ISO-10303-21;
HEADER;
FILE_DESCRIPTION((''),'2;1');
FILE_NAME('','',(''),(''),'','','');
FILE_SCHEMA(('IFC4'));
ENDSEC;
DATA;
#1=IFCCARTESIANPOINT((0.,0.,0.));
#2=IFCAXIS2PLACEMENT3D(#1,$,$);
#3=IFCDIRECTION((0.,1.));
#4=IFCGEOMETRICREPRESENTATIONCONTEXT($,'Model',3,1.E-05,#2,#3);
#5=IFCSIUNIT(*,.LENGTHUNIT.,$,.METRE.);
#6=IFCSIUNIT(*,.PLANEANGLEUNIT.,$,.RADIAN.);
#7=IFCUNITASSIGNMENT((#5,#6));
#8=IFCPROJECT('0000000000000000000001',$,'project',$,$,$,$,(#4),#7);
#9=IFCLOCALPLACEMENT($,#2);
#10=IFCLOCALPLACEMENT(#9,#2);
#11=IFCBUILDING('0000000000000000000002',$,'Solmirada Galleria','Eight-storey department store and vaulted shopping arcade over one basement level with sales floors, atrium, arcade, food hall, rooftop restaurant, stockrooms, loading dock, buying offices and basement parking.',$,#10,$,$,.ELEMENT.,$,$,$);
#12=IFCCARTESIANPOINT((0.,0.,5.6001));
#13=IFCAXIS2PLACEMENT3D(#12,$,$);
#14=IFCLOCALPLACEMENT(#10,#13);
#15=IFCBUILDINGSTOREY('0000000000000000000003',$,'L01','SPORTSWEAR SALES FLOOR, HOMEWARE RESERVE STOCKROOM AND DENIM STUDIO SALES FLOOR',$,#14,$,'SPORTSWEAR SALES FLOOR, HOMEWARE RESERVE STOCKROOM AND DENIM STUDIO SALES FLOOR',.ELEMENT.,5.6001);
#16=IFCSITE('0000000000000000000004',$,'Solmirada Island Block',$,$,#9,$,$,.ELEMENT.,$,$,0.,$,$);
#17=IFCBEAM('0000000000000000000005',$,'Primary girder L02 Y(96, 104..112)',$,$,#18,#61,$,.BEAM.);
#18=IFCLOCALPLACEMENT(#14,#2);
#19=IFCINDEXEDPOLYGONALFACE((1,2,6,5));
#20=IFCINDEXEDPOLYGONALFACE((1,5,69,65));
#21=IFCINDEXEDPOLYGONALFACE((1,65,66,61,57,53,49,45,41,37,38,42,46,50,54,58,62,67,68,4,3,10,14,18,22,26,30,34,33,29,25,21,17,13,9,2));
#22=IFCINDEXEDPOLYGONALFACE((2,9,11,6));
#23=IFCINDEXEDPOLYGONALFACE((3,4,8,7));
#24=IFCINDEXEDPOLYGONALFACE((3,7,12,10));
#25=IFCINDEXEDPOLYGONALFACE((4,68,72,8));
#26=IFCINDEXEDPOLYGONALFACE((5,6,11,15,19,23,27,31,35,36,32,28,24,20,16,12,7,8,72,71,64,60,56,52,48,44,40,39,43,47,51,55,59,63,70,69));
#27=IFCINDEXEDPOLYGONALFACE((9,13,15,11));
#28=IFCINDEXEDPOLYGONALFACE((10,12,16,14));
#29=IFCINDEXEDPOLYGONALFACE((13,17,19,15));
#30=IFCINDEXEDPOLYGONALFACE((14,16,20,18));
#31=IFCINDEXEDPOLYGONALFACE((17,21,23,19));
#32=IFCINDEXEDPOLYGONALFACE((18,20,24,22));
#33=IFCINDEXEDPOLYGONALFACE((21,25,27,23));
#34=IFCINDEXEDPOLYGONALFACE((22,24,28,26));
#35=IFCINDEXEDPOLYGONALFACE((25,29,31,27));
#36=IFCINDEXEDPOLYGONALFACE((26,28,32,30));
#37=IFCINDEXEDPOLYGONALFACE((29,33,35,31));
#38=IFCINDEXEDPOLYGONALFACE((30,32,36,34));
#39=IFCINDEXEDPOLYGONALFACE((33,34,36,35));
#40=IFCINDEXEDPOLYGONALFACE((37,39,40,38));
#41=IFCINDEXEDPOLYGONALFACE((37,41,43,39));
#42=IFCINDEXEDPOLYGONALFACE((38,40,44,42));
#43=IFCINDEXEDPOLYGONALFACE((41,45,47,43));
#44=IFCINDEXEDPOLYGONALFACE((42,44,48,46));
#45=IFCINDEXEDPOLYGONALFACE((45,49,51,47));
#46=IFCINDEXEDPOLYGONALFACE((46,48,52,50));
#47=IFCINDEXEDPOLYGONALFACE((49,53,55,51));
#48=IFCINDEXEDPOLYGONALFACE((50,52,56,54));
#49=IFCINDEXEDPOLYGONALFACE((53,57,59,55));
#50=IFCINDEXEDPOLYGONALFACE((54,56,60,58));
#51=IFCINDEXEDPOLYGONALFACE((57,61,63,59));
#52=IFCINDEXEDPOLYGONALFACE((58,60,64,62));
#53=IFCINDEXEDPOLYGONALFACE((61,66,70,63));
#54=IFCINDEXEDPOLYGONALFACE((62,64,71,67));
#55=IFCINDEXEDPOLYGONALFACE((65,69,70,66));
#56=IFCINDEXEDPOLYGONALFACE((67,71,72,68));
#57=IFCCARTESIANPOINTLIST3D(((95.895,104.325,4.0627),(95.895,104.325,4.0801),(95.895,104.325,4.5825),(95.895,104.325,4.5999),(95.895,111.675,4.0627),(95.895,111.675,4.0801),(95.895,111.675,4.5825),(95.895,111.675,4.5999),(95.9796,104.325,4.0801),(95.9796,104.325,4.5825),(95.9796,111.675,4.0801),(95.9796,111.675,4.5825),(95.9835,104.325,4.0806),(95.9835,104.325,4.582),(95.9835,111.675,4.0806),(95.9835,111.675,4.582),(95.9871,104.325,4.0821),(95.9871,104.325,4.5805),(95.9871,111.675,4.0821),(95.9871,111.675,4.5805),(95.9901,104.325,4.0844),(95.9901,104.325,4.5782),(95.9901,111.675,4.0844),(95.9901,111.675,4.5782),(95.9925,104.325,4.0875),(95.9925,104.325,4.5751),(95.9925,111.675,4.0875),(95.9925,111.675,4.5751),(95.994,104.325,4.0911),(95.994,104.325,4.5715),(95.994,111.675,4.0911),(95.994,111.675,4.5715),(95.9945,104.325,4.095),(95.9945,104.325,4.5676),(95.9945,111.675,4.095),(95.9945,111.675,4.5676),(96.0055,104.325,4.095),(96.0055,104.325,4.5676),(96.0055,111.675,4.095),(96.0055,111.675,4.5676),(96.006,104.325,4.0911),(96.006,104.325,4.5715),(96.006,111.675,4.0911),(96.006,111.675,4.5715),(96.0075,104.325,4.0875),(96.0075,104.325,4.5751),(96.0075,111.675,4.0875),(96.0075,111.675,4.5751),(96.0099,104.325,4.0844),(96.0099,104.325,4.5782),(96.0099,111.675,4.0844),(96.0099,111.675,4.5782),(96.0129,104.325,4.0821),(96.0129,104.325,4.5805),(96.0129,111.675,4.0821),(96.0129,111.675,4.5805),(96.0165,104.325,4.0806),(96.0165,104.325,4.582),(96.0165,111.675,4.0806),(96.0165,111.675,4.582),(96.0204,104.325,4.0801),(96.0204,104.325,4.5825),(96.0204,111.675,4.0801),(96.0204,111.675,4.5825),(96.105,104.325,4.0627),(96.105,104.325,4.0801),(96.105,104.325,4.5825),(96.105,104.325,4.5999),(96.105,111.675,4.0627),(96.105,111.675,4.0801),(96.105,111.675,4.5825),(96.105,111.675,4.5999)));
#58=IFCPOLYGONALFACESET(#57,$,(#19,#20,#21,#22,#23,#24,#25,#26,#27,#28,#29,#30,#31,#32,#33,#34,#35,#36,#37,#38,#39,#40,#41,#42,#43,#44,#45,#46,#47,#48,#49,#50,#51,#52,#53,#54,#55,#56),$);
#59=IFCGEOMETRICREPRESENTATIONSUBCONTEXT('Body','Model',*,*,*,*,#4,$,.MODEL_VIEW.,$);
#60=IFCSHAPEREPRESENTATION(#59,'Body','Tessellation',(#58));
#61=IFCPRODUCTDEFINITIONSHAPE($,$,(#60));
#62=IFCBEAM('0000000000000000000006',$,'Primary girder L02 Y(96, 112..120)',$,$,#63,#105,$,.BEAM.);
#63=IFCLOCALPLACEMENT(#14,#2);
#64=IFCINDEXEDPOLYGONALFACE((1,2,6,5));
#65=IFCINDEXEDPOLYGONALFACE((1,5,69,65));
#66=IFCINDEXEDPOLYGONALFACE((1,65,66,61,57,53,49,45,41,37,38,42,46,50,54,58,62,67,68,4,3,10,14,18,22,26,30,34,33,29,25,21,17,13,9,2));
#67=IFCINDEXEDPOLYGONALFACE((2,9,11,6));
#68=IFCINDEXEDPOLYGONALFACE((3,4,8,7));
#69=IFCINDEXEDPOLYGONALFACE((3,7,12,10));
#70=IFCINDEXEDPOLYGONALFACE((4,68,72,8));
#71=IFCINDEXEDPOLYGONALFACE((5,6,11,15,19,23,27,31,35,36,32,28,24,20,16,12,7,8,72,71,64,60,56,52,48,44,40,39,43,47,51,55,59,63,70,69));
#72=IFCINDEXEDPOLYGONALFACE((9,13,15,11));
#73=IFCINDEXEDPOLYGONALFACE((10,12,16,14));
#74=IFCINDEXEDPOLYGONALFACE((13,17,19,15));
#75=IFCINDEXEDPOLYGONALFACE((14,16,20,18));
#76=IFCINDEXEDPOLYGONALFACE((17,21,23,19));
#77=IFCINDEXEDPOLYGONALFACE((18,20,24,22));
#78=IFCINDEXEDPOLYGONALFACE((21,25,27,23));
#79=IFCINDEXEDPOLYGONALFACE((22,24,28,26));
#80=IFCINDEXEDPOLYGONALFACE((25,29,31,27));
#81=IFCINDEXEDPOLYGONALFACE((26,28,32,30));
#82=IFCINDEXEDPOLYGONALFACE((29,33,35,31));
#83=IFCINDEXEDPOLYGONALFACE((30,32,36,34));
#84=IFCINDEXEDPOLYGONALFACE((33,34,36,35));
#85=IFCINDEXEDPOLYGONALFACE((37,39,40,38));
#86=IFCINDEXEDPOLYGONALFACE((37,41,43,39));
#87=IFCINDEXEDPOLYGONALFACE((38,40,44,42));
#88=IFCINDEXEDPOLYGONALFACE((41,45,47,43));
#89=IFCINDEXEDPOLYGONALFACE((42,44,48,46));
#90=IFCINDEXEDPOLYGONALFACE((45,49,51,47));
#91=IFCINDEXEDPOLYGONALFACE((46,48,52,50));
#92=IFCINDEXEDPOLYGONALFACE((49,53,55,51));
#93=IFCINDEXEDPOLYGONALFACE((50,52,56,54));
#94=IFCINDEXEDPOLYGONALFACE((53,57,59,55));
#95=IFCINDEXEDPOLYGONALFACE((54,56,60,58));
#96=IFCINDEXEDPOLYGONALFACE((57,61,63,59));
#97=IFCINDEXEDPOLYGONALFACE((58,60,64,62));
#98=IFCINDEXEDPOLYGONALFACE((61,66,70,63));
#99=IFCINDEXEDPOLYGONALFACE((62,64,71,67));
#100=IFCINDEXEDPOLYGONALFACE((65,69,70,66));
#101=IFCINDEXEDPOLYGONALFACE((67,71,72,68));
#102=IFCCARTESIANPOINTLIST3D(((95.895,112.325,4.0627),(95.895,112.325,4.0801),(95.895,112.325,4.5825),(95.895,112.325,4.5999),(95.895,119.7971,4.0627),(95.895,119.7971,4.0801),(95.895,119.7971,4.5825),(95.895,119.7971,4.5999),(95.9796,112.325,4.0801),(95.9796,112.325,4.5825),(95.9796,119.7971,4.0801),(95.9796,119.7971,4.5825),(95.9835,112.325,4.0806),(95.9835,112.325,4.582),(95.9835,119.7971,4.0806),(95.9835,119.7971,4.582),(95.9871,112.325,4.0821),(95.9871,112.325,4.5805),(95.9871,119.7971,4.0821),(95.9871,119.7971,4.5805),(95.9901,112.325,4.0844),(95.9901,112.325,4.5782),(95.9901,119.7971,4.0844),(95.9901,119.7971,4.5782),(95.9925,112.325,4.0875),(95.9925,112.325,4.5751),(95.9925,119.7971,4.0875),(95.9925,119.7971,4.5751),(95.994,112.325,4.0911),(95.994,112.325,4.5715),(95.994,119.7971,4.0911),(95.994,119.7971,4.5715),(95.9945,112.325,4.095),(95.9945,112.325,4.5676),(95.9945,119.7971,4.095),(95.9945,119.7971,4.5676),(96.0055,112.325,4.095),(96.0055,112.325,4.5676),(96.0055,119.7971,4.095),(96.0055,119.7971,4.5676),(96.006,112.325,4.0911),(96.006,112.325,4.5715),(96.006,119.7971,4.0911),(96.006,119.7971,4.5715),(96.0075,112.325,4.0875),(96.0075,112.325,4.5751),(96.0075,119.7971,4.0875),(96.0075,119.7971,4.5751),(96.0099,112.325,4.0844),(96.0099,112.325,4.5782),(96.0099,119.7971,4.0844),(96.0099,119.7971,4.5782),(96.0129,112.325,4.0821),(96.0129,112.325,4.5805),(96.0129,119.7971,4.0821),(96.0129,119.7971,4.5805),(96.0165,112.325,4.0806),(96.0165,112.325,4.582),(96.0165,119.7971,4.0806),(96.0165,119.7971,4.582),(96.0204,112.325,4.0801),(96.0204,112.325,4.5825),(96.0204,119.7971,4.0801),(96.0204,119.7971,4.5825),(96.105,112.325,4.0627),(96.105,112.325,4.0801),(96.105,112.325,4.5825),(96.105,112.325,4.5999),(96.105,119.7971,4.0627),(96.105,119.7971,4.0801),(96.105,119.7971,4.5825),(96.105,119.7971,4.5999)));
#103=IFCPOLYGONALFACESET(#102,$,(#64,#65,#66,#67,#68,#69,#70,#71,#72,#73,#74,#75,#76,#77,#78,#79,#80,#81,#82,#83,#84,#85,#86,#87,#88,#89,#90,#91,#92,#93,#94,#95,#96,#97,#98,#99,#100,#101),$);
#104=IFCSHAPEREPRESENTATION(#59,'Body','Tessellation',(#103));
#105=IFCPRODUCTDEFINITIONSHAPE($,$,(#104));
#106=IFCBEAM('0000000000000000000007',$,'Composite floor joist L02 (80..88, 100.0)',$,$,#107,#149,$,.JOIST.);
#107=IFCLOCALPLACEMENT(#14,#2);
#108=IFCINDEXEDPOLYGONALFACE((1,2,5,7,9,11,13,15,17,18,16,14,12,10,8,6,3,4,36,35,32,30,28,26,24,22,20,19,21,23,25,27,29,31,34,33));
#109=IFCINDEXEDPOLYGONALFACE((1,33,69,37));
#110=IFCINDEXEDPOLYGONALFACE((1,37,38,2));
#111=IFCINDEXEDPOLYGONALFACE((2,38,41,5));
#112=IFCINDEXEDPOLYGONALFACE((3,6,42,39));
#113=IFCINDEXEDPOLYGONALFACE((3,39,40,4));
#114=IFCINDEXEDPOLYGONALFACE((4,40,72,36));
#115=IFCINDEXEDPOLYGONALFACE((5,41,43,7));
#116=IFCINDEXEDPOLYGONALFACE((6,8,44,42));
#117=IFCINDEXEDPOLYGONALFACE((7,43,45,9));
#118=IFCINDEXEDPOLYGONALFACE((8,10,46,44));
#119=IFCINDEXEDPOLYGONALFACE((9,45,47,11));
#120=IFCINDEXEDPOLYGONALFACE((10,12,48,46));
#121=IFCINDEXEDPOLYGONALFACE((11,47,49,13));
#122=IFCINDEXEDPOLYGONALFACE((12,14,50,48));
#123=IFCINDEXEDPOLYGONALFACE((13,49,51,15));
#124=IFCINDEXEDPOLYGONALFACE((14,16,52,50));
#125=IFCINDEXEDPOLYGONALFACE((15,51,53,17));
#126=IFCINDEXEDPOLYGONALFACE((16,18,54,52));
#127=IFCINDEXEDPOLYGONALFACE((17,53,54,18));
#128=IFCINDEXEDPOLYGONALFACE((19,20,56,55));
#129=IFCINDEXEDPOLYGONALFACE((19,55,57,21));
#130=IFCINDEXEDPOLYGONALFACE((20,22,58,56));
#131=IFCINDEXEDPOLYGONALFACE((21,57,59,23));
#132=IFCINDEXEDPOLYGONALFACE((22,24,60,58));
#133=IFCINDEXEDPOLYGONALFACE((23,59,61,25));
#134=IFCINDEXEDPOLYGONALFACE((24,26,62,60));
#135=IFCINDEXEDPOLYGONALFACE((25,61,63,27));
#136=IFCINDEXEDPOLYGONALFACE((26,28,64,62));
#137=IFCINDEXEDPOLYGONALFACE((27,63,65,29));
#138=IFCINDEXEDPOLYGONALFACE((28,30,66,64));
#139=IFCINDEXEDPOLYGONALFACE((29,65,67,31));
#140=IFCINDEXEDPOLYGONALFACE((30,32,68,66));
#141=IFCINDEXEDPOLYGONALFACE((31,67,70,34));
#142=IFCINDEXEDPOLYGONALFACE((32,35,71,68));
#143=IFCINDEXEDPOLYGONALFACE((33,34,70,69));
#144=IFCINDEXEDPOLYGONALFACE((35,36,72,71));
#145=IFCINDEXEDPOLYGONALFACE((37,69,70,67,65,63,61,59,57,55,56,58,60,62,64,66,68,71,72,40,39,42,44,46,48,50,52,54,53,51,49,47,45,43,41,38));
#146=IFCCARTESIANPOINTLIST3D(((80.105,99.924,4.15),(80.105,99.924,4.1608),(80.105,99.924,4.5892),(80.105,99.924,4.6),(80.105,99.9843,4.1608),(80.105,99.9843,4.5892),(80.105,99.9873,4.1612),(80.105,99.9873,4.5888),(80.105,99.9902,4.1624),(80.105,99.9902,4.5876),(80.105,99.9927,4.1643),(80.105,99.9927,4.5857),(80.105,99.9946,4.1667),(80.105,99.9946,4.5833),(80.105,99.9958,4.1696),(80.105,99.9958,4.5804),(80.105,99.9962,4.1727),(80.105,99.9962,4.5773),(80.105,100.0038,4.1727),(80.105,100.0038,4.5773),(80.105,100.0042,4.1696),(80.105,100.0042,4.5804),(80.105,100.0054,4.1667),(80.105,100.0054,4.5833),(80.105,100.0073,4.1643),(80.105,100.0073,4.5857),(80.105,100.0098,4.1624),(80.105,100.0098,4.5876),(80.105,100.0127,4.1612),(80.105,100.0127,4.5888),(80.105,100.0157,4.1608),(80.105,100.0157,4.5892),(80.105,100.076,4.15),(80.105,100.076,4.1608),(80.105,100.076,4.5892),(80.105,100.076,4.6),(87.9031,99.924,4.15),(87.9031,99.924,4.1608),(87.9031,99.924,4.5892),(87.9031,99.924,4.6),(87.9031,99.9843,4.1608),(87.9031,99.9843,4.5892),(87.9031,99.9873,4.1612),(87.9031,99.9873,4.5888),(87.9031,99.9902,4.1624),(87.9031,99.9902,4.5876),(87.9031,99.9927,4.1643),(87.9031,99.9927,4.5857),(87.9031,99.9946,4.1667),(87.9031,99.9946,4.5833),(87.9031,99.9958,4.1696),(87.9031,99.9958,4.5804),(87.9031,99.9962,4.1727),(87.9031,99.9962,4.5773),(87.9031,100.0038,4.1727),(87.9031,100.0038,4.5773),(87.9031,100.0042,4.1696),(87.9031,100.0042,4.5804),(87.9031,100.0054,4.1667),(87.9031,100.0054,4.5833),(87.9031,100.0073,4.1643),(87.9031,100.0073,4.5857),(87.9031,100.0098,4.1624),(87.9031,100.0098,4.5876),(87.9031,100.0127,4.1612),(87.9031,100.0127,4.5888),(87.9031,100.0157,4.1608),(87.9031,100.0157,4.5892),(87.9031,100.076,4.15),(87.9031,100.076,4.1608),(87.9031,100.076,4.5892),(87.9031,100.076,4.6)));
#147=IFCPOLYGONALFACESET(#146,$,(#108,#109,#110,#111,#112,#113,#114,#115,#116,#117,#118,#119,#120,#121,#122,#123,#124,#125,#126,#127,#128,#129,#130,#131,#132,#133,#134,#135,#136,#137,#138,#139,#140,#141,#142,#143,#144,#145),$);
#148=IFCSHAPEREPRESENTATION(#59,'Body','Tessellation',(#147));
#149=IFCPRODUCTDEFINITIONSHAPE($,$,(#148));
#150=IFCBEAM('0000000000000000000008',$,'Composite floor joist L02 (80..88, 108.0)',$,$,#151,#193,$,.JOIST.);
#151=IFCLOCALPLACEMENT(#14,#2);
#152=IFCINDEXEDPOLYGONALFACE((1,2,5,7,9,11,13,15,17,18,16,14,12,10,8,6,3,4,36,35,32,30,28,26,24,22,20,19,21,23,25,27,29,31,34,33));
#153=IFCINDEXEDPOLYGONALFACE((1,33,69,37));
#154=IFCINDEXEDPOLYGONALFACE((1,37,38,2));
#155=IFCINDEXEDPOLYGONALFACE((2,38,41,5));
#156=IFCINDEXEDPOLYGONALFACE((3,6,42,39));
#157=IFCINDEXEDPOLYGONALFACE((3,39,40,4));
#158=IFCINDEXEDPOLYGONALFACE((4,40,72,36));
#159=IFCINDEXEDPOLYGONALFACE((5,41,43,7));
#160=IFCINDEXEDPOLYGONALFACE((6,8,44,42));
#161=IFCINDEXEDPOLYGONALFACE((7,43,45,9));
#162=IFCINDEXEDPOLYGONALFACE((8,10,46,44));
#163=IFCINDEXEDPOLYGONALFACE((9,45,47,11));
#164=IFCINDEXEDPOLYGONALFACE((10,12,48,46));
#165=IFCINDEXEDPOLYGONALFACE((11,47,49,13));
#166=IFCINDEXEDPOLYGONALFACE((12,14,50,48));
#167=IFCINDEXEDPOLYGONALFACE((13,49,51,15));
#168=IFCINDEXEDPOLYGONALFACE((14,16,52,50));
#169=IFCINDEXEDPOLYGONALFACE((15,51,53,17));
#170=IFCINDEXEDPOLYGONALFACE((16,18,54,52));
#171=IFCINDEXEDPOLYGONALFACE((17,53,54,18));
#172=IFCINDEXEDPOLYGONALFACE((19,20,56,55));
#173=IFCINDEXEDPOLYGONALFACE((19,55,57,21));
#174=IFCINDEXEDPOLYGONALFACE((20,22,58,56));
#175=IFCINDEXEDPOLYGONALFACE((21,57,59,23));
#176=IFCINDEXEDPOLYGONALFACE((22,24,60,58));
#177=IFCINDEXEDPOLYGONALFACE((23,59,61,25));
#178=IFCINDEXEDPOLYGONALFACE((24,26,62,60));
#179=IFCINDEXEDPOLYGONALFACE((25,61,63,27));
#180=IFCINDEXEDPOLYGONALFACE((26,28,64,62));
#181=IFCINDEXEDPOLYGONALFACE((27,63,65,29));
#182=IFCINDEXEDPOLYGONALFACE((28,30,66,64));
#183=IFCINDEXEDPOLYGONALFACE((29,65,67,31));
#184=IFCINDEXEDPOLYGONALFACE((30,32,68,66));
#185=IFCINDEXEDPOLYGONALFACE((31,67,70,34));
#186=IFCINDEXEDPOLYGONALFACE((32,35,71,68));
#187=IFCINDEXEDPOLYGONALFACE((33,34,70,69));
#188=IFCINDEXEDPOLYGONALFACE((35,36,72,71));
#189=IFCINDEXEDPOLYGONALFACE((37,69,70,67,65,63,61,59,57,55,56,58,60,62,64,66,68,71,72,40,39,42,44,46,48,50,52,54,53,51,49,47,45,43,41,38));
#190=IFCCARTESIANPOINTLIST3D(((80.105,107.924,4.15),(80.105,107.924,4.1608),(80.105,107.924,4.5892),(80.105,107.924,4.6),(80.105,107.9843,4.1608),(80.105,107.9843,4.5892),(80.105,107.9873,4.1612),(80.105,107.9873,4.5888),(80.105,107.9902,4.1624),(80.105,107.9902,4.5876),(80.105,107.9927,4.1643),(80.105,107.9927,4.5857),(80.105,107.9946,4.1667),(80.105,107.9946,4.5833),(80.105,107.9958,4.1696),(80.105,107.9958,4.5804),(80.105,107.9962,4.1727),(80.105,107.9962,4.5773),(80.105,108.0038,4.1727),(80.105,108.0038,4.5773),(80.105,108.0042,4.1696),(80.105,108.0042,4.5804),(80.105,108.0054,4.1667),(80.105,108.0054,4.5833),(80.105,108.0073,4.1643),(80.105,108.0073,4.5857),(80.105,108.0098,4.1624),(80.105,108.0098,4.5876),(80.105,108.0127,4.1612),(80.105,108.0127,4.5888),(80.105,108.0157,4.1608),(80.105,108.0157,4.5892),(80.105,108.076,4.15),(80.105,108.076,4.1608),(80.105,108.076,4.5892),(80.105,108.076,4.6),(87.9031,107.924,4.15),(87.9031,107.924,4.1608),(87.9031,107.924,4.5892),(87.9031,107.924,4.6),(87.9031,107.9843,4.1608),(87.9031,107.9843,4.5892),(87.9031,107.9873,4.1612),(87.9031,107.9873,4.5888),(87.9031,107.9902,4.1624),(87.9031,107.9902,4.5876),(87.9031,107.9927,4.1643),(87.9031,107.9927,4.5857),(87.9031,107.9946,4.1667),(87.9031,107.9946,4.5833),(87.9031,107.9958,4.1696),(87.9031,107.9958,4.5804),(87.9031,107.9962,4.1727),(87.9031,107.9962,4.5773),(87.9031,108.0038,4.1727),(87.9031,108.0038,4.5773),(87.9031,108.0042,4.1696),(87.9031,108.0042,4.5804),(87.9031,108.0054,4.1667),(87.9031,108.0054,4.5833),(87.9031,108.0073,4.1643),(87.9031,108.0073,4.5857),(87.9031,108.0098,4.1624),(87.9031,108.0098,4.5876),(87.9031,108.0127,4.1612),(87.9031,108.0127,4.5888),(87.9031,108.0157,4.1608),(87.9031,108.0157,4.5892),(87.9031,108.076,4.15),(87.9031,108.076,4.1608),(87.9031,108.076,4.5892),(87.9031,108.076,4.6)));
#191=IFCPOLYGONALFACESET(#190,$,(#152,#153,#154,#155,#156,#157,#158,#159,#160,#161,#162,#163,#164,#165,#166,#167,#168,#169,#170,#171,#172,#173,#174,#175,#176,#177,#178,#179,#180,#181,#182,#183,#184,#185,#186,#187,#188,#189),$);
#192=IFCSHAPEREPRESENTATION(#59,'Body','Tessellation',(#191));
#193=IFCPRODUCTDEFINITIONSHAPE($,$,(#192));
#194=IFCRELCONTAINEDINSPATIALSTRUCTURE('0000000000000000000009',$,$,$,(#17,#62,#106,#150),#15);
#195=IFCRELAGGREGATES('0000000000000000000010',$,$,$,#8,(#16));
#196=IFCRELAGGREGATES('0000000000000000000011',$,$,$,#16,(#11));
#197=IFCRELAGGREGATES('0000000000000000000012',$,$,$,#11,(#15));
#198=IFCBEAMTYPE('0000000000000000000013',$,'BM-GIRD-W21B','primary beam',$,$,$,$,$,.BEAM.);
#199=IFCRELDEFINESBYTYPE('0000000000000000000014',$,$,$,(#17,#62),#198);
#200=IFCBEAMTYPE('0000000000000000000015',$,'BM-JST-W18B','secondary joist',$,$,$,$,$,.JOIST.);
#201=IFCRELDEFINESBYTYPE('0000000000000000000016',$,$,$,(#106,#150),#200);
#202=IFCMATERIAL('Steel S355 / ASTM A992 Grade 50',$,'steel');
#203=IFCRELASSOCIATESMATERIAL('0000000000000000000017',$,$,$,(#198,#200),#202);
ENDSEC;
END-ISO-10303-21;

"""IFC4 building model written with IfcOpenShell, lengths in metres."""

from ifc_helpers import new_model, si_unit, direction, frame, origin, origin_2d, place, context, subcontext, project, spatial, i_section, extrude, material, material_profile, profile_set, type_object, element, save


model = new_model("IFC4")

# Units and contexts
model_context = context("Model", 3, precision=1e-05, world=origin(), true_north=direction((0.0, 1.0)))
body_context = subcontext(model_context, "Body", "Model", "MODEL_VIEW")
ifc_project = project(units=[si_unit("LENGTHUNIT", "METRE"), si_unit("PLANEANGLEUNIT", "RADIAN")], contexts=[model_context])

# Site, building, storey
site_placement = place(None, origin())
site = spatial("IfcSite", under=ifc_project, at=site_placement, Name="Solmirada Island Block", CompositionType="ELEMENT", RefElevation=0.0)
building_placement = place(site_placement, origin())
building = spatial("IfcBuilding", under=site, at=building_placement, Name="Solmirada Galleria", Description="Eight-storey department store and vaulted shopping arcade over one basement level with sales floors, atrium, arcade, food hall, rooftop restaurant, stockrooms, loading dock, buying offices and basement parking.", CompositionType="ELEMENT")
storey_placement = place(building_placement, frame((0.0, 0.0, 5.6001)))
storey = spatial("IfcBuildingStorey", under=building, at=storey_placement, Name="L01", Description="SPORTSWEAR SALES FLOOR, HOMEWARE RESERVE STOCKROOM AND DENIM STUDIO SALES FLOOR", LongName="SPORTSWEAR SALES FLOOR, HOMEWARE RESERVE STOCKROOM AND DENIM STUDIO SALES FLOOR", CompositionType="ELEMENT", Elevation=5.6001)

# Beams
ifc_material_1 = material(Name="Steel S355 / ASTM A992 Grade 50", Category="steel")
ifc_material_profile_1 = material_profile(ifc_material_1, i_section(OverallWidth=0.21, OverallDepth=0.5371, WebThickness=0.011, FlangeThickness=0.0173, FilletRadius=0.0149, at=origin_2d()), Name="W21X68")
ifc_profile_set_1 = profile_set([ifc_material_profile_1], Name="Steel S355 / ASTM A992 Grade 50")
beam_type_1 = type_object("IfcBeamType", Name="BM-GIRD-W21B", Description="primary beam", PredefinedType="BEAM", material=ifc_profile_set_1)
for number, where, z_axis, x_axis, name in (
    (1, (96.0, 104.325, 4.3313), (0.0, 1.0, 0.0), (-1.0, 0.0, 0.0), "Primary girder L02 Y(96, 104..112)"),
):
    element("IfcBeam", number, at=place(storey_placement, frame(where, z_axis=z_axis, x_axis=x_axis)), inside=storey, type_object=beam_type_1, Name=name, PredefinedType="BEAM", context=body_context, shape_type="SweptSolid", body=[
        extrude(i_section(OverallWidth=0.21, OverallDepth=0.5371, WebThickness=0.011, FlangeThickness=0.0173, FilletRadius=0.0149, at=origin_2d()), origin(), (0.0, 0.0, 1.0), 7.3501),
    ])
beam_1_placement = place(storey_placement, frame((96.0, 112.325, 4.3313), z_axis=(0.0, 1.0, 0.0), x_axis=(-1.0, 0.0, 0.0)))
element("IfcBeam", 2, at=beam_1_placement, inside=storey, type_object=beam_type_1, Name="Primary girder L02 Y(96, 112..120)", PredefinedType="BEAM", context=body_context, shape_type="SweptSolid", body=[
    extrude(i_section(OverallWidth=0.21, OverallDepth=0.5371, WebThickness=0.011, FlangeThickness=0.0173, FilletRadius=0.0149, at=origin_2d()), origin(), (0.0, 0.0, 1.0), 7.4722),
])
ifc_material_profile_2 = material_profile(ifc_material_1, i_section(OverallWidth=0.1521, OverallDepth=0.45, WebThickness=0.0076, FlangeThickness=0.0107, FilletRadius=0.012, at=origin_2d()), Name="W18X35")
ifc_profile_set_2 = profile_set([ifc_material_profile_2], Name="Steel S355 / ASTM A992 Grade 50")
beam_type_2 = type_object("IfcBeamType", Name="BM-JST-W18B", Description="secondary joist", PredefinedType="JOIST", material=ifc_profile_set_2)
for number, where, z_axis, x_axis, name in (
    (3, (80.105, 100.0, 4.375), (1.0, 0.0, 0.0), (0.0, 1.0, 0.0), "Composite floor joist L02 (80..88, 100.0)"),
    (4, (80.105, 108.0, 4.375), (1.0, 0.0, 0.0), (0.0, 1.0, 0.0), "Composite floor joist L02 (80..88, 108.0)"),
):
    element("IfcBeam", number, at=place(storey_placement, frame(where, z_axis=z_axis, x_axis=x_axis)), inside=storey, type_object=beam_type_2, Name=name, PredefinedType="JOIST", context=body_context, shape_type="SweptSolid", body=[
        extrude(i_section(OverallWidth=0.1521, OverallDepth=0.45, WebThickness=0.0076, FlangeThickness=0.0107, FilletRadius=0.012, at=origin_2d()), origin(), (0.0, 0.0, 1.0), 7.7981),
    ])

save(model, "model.ifc")
